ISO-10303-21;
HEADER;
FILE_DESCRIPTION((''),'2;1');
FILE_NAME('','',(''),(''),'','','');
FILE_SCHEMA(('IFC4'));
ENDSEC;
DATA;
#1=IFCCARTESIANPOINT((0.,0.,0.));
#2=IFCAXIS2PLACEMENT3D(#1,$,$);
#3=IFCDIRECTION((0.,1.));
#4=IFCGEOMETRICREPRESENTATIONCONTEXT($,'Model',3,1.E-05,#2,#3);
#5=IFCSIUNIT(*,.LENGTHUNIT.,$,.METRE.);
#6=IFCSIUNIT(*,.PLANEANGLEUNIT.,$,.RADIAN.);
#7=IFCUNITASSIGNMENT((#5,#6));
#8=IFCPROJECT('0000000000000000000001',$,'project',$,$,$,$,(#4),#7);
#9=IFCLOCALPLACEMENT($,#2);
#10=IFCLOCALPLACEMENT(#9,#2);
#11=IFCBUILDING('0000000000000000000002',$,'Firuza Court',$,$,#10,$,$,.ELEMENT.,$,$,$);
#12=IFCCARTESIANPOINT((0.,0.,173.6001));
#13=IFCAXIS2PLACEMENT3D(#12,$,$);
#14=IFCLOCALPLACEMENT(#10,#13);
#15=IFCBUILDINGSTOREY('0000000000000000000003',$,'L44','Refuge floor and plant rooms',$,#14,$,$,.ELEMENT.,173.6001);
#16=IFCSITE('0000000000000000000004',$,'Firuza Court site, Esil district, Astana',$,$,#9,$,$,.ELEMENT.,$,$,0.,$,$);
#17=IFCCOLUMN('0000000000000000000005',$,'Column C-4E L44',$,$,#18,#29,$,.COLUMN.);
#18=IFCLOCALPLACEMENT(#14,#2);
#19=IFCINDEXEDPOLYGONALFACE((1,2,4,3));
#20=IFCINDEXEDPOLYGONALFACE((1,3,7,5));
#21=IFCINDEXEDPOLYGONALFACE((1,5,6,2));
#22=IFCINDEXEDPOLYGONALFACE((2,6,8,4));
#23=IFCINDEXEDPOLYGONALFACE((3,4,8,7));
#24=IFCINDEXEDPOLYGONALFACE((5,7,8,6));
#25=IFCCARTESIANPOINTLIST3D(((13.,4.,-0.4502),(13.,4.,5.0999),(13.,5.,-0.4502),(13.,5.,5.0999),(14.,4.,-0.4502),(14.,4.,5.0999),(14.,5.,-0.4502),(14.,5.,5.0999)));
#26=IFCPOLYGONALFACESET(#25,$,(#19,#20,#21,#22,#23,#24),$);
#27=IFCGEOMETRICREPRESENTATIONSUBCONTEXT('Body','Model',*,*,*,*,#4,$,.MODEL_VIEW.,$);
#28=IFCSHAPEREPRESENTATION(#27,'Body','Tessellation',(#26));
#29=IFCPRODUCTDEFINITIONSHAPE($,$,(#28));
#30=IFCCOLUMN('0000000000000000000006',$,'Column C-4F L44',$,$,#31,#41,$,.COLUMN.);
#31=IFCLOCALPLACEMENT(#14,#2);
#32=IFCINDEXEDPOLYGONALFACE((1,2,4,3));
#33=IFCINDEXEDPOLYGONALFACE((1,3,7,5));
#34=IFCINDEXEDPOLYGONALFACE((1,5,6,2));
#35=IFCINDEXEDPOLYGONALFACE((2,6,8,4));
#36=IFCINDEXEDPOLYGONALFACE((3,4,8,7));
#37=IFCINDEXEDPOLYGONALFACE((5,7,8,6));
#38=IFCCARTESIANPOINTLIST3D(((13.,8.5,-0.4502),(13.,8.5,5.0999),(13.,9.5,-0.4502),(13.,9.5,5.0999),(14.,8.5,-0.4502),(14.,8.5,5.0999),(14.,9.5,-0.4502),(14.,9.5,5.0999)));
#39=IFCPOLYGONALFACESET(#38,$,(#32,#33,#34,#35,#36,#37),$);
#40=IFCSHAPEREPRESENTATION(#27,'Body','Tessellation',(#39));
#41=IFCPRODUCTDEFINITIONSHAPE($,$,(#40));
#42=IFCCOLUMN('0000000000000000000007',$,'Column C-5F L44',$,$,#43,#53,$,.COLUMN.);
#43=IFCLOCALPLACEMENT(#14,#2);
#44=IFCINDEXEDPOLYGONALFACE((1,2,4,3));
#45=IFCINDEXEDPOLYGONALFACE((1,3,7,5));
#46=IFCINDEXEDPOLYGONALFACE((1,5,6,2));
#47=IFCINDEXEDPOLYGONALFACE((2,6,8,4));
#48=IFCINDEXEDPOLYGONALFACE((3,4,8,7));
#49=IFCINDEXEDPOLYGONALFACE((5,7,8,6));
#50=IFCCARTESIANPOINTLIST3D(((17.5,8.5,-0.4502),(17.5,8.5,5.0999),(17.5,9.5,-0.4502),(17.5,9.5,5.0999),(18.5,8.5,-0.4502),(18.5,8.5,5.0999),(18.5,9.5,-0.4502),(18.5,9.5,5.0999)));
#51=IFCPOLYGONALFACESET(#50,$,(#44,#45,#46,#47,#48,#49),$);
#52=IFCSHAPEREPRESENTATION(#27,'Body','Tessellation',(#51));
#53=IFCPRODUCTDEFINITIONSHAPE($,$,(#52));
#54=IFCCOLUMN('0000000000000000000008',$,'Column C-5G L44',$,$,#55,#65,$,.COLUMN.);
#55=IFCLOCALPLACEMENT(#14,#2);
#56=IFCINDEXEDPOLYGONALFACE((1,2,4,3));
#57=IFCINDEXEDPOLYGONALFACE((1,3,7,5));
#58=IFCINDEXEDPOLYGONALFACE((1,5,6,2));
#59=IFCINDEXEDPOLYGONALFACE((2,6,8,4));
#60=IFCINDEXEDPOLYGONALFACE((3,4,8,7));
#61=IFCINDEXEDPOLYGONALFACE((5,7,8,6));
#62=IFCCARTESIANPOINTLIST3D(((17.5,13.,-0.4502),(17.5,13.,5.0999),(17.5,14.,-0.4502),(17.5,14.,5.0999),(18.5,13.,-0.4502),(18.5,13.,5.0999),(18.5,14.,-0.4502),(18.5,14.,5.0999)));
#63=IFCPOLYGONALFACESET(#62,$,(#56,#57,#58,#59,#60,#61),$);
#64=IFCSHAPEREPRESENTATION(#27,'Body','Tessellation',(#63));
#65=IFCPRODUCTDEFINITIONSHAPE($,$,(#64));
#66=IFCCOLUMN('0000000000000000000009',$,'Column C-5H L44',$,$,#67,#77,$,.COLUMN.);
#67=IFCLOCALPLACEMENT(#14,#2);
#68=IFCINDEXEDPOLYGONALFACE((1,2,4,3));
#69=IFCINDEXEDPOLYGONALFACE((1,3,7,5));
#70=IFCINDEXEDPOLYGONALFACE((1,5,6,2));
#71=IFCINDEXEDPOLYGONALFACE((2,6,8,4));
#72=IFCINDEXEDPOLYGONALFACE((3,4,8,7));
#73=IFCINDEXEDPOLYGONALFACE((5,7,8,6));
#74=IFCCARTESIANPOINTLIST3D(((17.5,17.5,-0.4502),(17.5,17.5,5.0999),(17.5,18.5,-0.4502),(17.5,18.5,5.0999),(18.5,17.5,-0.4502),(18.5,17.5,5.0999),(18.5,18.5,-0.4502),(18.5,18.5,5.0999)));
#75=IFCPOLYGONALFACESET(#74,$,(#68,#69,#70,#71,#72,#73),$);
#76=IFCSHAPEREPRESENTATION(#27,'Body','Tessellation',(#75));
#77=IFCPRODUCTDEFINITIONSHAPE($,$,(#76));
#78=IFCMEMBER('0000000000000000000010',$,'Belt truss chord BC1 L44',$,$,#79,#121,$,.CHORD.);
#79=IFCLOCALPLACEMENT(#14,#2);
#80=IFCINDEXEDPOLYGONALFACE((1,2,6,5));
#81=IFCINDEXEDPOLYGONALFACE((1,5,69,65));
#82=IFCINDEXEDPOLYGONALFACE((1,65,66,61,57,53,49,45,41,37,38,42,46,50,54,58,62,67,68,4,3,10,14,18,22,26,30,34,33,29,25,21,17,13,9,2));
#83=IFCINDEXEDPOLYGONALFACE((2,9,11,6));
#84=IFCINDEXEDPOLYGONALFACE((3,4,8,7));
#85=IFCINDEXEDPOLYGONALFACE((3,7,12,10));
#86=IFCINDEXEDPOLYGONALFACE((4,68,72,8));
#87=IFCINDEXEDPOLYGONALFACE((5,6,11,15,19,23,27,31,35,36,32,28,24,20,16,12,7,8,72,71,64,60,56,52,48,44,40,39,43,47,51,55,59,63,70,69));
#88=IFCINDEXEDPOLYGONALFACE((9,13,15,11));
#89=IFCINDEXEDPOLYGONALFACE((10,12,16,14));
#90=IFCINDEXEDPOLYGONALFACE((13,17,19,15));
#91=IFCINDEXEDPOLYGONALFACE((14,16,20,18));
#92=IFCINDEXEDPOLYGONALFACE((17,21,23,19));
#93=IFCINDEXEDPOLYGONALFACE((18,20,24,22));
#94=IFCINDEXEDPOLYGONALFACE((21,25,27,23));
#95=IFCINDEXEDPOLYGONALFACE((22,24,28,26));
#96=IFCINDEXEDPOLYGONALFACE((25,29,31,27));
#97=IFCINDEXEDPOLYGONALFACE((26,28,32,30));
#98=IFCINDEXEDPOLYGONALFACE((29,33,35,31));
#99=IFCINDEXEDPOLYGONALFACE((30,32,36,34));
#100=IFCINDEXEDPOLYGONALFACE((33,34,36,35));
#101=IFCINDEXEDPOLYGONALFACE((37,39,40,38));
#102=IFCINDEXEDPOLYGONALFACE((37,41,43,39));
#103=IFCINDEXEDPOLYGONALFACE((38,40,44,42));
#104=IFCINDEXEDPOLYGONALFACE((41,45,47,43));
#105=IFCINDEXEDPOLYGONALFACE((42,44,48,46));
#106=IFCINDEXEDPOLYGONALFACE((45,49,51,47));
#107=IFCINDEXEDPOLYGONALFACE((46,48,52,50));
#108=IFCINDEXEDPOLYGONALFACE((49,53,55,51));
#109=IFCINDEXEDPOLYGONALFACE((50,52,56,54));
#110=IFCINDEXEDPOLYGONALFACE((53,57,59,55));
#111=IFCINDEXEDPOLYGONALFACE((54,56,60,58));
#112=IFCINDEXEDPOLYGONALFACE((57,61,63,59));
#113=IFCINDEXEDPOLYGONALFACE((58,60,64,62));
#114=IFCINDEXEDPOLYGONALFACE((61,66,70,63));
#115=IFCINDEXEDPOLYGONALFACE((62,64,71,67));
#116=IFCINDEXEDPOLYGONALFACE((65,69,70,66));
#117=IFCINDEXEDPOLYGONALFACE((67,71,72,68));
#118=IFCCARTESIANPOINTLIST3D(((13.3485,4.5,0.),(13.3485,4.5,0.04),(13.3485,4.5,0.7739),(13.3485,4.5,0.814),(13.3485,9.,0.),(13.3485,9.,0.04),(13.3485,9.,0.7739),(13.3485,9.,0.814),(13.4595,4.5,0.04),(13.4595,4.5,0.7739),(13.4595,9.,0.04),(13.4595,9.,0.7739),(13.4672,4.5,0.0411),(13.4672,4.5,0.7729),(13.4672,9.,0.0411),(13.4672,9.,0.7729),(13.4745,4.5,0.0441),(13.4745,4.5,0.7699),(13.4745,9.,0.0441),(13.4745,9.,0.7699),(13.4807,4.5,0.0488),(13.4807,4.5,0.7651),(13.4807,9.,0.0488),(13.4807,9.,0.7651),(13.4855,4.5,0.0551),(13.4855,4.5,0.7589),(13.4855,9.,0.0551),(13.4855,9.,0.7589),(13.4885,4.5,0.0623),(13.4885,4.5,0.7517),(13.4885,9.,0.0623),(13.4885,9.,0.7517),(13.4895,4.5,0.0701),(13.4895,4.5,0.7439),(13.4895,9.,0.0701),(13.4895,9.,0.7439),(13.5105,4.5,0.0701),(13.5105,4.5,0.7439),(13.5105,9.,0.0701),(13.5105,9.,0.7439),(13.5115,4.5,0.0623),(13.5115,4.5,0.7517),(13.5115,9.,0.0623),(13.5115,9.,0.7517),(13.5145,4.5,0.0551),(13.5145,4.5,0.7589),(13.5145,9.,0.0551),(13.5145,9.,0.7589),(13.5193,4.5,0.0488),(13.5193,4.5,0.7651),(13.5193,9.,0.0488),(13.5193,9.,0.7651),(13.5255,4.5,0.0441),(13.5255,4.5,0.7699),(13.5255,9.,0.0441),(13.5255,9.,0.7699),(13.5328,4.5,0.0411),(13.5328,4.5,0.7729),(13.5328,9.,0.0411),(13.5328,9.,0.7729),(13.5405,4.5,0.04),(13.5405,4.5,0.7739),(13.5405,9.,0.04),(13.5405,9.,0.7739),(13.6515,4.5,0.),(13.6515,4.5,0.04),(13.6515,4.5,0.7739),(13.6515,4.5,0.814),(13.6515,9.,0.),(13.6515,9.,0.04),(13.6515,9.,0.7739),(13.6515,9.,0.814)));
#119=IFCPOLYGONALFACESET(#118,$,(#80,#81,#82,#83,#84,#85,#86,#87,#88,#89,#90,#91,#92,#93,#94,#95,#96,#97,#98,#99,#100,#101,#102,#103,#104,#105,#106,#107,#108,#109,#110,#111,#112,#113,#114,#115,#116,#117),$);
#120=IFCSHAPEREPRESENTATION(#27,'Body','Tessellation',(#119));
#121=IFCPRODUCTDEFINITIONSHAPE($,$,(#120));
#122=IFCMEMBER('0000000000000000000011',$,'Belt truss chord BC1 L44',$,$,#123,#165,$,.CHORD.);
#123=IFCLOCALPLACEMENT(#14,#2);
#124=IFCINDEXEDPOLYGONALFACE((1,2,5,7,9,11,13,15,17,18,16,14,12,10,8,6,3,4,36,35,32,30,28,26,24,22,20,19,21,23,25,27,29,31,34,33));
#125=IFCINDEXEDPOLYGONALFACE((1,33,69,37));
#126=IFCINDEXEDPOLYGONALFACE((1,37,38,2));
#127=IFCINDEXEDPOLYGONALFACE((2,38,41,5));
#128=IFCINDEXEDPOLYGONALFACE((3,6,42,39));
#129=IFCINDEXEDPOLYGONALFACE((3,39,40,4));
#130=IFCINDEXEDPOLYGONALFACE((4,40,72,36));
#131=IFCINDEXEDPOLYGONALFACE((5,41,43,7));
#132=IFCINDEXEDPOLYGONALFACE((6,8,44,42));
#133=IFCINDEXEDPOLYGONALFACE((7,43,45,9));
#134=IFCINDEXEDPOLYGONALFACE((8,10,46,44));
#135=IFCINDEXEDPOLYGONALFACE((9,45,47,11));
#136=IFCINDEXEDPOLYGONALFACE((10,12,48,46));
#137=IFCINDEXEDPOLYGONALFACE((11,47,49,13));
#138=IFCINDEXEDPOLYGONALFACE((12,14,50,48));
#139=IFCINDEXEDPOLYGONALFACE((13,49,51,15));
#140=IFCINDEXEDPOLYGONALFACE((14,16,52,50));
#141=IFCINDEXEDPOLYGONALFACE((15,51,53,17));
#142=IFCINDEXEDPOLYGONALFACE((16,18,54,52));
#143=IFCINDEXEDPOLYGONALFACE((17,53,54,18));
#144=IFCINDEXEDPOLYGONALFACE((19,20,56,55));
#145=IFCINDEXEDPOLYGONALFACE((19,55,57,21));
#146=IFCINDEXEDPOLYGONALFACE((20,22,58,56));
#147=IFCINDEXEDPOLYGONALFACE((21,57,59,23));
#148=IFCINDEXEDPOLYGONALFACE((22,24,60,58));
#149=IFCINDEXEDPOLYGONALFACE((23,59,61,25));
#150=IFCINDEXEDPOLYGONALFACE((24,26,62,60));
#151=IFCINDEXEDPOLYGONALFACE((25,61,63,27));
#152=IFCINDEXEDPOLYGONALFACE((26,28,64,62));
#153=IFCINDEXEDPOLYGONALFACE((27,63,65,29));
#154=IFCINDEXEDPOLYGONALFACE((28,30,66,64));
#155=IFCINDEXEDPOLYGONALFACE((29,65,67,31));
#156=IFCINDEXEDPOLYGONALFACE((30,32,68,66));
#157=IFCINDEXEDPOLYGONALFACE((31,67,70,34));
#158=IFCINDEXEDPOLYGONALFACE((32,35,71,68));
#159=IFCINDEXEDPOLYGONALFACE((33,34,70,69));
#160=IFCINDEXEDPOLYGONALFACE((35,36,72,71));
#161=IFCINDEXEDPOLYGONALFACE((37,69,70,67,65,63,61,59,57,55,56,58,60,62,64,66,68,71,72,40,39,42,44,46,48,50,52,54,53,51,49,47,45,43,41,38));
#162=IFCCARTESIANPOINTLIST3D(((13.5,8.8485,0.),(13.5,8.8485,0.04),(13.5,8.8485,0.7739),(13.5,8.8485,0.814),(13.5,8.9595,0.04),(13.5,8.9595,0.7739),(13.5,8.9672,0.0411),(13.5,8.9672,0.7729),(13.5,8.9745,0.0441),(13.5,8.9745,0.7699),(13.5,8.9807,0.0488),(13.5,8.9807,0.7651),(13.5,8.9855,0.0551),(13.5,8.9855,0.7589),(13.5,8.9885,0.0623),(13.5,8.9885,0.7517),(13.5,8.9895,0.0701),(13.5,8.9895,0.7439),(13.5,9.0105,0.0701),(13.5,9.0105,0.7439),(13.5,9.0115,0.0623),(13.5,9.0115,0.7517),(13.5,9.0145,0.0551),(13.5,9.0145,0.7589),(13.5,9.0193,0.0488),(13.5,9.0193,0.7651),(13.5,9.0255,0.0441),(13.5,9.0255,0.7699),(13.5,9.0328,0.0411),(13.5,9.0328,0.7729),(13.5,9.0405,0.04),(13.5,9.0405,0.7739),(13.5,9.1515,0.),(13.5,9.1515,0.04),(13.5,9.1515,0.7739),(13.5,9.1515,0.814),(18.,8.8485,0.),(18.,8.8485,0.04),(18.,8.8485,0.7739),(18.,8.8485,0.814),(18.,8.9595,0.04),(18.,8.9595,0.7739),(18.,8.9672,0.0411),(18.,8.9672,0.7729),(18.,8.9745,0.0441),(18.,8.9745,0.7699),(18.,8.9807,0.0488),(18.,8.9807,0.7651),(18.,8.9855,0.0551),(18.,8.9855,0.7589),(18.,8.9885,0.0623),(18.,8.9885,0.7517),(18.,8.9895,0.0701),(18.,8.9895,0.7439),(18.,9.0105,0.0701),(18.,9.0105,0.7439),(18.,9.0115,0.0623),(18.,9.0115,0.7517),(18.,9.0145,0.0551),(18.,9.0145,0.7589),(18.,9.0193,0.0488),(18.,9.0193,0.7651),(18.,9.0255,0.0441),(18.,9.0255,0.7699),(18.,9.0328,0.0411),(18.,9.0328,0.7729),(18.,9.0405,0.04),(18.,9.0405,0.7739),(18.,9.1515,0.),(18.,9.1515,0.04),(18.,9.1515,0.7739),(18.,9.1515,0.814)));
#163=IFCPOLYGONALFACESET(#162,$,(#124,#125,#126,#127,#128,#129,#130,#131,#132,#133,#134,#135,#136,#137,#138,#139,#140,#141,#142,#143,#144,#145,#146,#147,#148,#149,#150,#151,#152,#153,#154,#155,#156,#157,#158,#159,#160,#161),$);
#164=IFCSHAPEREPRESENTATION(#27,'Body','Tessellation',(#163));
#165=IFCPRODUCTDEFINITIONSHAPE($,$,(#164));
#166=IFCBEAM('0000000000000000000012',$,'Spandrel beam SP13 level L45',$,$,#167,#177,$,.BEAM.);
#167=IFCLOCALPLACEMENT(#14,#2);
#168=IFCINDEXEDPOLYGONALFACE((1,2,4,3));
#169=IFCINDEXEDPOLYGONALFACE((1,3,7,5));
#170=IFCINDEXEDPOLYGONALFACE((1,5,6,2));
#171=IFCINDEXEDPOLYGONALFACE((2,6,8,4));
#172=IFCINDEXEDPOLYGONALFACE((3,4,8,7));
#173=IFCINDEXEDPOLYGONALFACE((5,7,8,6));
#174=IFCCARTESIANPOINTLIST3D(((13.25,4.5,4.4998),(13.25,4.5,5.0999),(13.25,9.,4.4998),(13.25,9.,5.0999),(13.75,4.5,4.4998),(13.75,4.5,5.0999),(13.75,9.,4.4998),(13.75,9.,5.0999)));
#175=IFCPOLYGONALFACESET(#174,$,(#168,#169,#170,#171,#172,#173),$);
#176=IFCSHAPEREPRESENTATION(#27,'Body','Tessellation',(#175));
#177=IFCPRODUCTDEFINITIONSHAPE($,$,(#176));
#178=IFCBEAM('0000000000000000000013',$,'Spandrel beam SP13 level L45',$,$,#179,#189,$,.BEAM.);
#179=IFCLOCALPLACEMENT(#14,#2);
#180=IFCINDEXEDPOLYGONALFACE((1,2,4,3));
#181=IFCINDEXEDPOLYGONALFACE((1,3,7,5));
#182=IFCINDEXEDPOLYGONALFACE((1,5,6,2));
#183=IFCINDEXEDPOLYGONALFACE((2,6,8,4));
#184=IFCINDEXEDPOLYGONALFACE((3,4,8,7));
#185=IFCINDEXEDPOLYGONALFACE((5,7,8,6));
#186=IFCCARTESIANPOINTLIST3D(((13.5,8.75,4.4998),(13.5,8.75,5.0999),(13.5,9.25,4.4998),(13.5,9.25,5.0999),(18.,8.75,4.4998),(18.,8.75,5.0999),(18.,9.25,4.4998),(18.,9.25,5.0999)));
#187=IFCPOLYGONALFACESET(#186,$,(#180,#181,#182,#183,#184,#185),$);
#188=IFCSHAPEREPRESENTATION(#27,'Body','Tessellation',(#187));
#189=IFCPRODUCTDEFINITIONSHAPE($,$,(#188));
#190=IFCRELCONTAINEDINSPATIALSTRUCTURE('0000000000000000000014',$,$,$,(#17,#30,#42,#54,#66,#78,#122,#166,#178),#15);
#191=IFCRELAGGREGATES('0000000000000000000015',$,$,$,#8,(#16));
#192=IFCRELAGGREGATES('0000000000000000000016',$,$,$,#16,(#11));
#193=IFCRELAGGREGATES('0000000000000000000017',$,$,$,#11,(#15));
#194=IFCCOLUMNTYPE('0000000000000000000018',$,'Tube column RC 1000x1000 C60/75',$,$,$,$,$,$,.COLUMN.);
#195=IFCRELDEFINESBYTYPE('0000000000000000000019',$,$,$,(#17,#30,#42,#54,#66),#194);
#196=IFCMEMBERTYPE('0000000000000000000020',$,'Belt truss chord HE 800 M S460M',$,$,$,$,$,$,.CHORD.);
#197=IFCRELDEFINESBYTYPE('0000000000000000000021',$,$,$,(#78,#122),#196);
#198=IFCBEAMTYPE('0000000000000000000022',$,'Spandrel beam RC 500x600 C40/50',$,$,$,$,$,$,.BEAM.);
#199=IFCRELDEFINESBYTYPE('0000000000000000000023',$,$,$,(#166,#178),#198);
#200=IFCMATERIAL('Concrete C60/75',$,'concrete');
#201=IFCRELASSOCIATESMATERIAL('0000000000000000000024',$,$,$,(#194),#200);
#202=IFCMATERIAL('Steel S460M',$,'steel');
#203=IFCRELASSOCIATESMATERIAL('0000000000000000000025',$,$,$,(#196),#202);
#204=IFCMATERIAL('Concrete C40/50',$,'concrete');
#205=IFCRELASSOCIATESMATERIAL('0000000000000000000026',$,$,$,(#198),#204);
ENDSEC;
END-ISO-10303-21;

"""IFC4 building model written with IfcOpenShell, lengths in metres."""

from ifc_helpers import new_model, si_unit, direction, frame, origin, origin_2d, place, context, subcontext, project, spatial, rectangle, i_section, extrude, material, material_profile, profile_set, type_object, element, save


model = new_model("IFC4")

# Units and contexts
model_context = context("Model", 3, precision=1e-05, world=origin(), true_north=direction((0.0, 1.0)))
body_context = subcontext(model_context, "Body", "Model", "MODEL_VIEW")
ifc_project = project(units=[si_unit("LENGTHUNIT", "METRE"), si_unit("PLANEANGLEUNIT", "RADIAN")], contexts=[model_context])

# Site, building, storey
site_placement = place(None, origin())
site = spatial("IfcSite", under=ifc_project, at=site_placement, Name="Firuza Court site, Esil district, Astana", CompositionType="ELEMENT", RefElevation=0.0)
building_placement = place(site_placement, origin())
building = spatial("IfcBuilding", under=site, at=building_placement, Name="Firuza Court", CompositionType="ELEMENT")
storey_placement = place(building_placement, frame((0.0, 0.0, 173.6001)))
storey = spatial("IfcBuildingStorey", under=building, at=storey_placement, Name="L44", Description="Refuge floor and plant rooms", CompositionType="ELEMENT", Elevation=173.6001)

# Columns
ifc_material_1 = material(Name="Concrete C60/75", Category="concrete")
ifc_material_profile_1 = material_profile(ifc_material_1, rectangle(XDim=1.0, YDim=1.0, at=origin_2d()), Name="RC 1000x1000")
ifc_profile_set_1 = profile_set([ifc_material_profile_1], Name="Concrete C60/75")
column_type = type_object("IfcColumnType", Name="Tube column RC 1000x1000 C60/75", PredefinedType="COLUMN", material=ifc_profile_set_1)
for number, where, z_axis, x_axis, name in (
    (1, (13.5, 4.5, -0.4502), (0.0, 0.0, 1.0), (1.0, 0.0, 0.0), "Column C-4E L44"),
    (2, (13.5, 9.0, -0.4502), (0.0, 0.0, 1.0), (1.0, 0.0, 0.0), "Column C-4F L44"),
    (3, (18.0, 9.0, -0.4502), (0.0, 0.0, 1.0), (1.0, 0.0, 0.0), "Column C-5F L44"),
    (4, (18.0, 13.5, -0.4502), (0.0, 0.0, 1.0), (1.0, 0.0, 0.0), "Column C-5G L44"),
    (5, (18.0, 18.0, -0.4502), (0.0, 0.0, 1.0), (1.0, 0.0, 0.0), "Column C-5H L44"),
):
    element("IfcColumn", number, at=place(storey_placement, frame(where, z_axis=z_axis, x_axis=x_axis)), inside=storey, type_object=column_type, Name=name, PredefinedType="COLUMN", context=body_context, shape_type="SweptSolid", body=[
        extrude(rectangle(XDim=1.0, YDim=1.0, at=origin_2d()), origin(), (0.0, 0.0, 1.0), 5.55),
    ])

# Members
ifc_material_2 = material(Name="Steel S460M", Category="steel")
ifc_material_profile_2 = material_profile(ifc_material_2, i_section(OverallWidth=0.303, OverallDepth=0.814, WebThickness=0.021, FlangeThickness=0.04, FilletRadius=0.03, at=origin_2d()), Name="HE 800 M")
ifc_profile_set_2 = profile_set([ifc_material_profile_2], Name="Steel S460M")
member_type = type_object("IfcMemberType", Name="Belt truss chord HE 800 M S460M", PredefinedType="CHORD", material=ifc_profile_set_2)
for number, where, z_axis, x_axis, name in (
    (6, (13.5, 4.5, 0.407), (0.0, 1.0, 0.0), (-1.0, 0.0, 0.0), "Belt truss chord BC1 L44"),
    (7, (13.5, 9.0, 0.407), (1.0, 0.0, 0.0), (0.0, 1.0, 0.0), "Belt truss chord BC1 L44"),
):
    element("IfcMember", number, at=place(storey_placement, frame(where, z_axis=z_axis, x_axis=x_axis)), inside=storey, type_object=member_type, Name=name, PredefinedType="CHORD", context=body_context, shape_type="SweptSolid", body=[
        extrude(i_section(OverallWidth=0.303, OverallDepth=0.814, WebThickness=0.021, FlangeThickness=0.04, FilletRadius=0.03, at=origin_2d()), origin(), (0.0, 0.0, 1.0), 4.5),
    ])

# Beams
ifc_material_3 = material(Name="Concrete C40/50", Category="concrete")
ifc_material_profile_3 = material_profile(ifc_material_3, rectangle(XDim=0.5, YDim=0.6001, at=origin_2d()), Name="RC 500x600")
ifc_profile_set_3 = profile_set([ifc_material_profile_3], Name="Concrete C40/50")
beam_type = type_object("IfcBeamType", Name="Spandrel beam RC 500x600 C40/50", PredefinedType="BEAM", material=ifc_profile_set_3)
for number, where, z_axis, x_axis, name in (
    (8, (13.5, 4.5, 4.7998), (0.0, 1.0, 0.0), (-1.0, 0.0, 0.0), "Spandrel beam SP13 level L45"),
    (9, (13.5, 9.0, 4.7998), (1.0, 0.0, 0.0), (0.0, 1.0, 0.0), "Spandrel beam SP13 level L45"),
):
    element("IfcBeam", number, at=place(storey_placement, frame(where, z_axis=z_axis, x_axis=x_axis)), inside=storey, type_object=beam_type, Name=name, PredefinedType="BEAM", context=body_context, shape_type="SweptSolid", body=[
        extrude(rectangle(XDim=0.5, YDim=0.6001, at=origin_2d()), origin(), (0.0, 0.0, 1.0), 4.5),
    ])

save(model, "model.ifc")
